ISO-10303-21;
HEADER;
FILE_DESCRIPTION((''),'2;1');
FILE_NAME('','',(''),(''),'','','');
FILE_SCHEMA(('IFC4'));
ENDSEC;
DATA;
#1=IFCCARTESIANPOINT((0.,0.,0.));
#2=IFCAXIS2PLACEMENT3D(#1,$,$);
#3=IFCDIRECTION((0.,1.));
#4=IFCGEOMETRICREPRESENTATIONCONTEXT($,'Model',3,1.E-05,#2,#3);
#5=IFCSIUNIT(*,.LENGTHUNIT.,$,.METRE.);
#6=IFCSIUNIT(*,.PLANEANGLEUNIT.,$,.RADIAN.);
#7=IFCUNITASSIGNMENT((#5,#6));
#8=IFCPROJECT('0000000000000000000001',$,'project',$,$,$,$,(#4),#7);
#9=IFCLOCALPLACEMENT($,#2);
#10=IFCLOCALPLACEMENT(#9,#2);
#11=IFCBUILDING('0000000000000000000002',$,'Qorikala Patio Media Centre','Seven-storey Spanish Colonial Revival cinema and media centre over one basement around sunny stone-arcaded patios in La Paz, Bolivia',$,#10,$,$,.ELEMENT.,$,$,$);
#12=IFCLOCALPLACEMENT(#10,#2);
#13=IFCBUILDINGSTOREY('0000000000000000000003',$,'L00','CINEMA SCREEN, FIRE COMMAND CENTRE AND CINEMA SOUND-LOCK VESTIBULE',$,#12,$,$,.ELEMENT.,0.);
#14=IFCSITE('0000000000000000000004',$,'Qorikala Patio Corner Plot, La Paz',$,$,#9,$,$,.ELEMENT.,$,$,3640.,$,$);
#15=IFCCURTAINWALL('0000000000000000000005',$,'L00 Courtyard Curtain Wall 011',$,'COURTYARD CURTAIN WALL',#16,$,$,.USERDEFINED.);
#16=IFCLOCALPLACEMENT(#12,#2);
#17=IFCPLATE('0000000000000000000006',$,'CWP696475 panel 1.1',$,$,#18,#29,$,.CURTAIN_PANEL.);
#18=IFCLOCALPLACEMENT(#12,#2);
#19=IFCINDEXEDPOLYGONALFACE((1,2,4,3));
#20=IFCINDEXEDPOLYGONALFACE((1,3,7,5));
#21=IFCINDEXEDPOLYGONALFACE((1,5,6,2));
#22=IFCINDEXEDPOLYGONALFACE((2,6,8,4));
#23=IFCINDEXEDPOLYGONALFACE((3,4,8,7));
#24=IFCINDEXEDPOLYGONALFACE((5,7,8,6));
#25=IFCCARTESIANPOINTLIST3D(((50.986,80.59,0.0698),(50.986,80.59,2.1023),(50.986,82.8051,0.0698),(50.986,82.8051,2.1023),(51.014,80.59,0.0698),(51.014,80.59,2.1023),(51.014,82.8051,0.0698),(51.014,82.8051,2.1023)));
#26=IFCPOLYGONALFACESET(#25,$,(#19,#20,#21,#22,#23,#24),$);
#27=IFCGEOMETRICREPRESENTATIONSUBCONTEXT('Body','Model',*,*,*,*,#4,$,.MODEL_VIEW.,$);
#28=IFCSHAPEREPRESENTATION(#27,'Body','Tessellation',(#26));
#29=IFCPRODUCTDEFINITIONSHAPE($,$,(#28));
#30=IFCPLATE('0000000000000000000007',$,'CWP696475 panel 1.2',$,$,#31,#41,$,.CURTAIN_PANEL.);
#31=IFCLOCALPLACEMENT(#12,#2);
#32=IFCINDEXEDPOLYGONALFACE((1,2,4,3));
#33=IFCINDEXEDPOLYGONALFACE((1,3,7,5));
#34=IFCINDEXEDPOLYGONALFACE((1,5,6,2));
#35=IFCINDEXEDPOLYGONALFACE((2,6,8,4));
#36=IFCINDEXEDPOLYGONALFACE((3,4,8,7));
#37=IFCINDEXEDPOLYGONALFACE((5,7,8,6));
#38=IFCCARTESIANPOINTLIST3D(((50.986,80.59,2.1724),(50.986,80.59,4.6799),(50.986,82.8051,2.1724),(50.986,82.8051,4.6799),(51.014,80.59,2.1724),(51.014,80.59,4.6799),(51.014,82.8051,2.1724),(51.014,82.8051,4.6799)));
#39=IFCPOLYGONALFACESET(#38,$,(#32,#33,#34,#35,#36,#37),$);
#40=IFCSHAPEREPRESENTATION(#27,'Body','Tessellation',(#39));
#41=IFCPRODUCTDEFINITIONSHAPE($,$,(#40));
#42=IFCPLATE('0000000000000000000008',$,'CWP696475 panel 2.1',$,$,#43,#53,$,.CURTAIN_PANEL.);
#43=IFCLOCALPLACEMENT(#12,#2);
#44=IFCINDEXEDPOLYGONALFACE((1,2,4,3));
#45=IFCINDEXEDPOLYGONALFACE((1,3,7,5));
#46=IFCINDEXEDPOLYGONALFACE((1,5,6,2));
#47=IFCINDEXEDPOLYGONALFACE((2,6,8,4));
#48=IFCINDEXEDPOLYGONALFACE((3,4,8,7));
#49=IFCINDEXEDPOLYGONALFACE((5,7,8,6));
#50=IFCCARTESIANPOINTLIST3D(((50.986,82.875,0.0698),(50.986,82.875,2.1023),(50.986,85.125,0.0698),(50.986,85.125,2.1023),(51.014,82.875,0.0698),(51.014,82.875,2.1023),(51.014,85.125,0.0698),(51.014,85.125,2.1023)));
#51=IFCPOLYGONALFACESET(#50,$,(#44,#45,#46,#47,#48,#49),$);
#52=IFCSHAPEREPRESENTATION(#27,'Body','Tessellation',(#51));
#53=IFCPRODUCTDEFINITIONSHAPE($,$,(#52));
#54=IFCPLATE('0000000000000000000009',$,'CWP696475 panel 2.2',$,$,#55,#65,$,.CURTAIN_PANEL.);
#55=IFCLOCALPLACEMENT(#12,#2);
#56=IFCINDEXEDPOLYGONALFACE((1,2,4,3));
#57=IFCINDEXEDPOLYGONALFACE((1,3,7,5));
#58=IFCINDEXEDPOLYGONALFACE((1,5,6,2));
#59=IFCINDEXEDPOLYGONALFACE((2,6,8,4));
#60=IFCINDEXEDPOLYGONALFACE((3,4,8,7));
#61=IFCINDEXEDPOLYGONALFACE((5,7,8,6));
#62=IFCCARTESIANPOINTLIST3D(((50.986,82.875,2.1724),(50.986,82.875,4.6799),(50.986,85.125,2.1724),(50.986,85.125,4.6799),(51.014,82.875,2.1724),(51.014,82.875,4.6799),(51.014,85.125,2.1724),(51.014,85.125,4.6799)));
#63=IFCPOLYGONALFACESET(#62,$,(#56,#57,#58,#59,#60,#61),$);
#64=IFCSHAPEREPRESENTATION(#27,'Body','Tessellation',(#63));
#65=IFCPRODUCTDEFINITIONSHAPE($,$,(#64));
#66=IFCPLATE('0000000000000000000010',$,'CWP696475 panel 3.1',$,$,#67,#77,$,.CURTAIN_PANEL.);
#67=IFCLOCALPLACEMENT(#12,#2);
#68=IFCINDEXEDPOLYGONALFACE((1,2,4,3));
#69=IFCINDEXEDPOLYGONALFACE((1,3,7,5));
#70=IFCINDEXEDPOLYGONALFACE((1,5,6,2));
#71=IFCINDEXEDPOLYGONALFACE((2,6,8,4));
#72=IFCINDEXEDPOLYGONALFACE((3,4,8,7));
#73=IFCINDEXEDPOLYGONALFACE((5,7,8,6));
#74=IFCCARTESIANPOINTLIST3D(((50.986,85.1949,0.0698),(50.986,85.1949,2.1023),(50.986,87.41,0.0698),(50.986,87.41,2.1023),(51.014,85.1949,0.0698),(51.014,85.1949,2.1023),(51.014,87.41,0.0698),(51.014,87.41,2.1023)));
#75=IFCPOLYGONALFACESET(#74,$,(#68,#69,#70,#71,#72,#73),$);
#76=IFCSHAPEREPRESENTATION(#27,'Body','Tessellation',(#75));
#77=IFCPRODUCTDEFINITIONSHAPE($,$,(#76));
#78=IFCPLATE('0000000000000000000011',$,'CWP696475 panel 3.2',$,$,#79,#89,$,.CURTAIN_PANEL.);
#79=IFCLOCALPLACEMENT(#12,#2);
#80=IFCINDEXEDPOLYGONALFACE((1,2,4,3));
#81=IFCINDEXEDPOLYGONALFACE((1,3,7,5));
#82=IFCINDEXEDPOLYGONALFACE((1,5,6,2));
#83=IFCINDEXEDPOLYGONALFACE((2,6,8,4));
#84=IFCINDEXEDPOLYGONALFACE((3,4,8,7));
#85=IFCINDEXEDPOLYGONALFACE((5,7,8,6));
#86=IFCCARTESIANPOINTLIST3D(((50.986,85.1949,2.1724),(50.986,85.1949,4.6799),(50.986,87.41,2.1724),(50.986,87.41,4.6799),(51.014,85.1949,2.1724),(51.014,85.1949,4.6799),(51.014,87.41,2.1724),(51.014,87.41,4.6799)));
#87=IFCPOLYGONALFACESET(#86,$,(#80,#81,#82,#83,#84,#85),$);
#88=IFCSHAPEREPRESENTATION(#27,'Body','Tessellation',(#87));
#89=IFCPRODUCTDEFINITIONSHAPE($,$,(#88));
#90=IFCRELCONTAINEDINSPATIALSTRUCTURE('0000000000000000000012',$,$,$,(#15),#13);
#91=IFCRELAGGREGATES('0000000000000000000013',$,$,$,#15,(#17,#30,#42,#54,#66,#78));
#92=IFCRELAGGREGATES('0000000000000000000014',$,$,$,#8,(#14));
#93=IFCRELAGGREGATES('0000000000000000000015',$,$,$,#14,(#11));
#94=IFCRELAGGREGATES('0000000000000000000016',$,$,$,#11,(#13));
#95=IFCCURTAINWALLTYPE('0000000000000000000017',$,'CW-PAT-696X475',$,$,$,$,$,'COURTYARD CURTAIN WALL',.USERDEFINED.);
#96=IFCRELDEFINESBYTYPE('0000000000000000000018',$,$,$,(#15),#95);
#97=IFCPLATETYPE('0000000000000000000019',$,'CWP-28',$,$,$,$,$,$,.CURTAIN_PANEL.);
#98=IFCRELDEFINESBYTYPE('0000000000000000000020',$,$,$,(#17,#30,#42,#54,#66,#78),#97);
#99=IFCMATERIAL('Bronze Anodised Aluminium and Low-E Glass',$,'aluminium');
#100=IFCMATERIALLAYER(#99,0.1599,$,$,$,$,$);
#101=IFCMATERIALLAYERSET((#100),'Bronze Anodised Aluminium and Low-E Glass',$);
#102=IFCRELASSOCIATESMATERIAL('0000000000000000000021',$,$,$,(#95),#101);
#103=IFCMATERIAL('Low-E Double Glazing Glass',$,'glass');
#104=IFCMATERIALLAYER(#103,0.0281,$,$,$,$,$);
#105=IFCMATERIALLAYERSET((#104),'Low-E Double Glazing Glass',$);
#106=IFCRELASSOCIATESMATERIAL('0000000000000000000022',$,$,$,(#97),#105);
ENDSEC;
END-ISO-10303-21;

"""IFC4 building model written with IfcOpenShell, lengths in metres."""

from ifc_helpers import new_model, si_unit, direction, frame, origin, origin_2d, place, context, subcontext, project, spatial, rectangle, extrude, material, layer, layer_set, type_object, element, aggregate, save


model = new_model("IFC4")

# Units and contexts
model_context = context("Model", 3, precision=1e-05, world=origin(), true_north=direction((0.0, 1.0)))
body_context = subcontext(model_context, "Body", "Model", "MODEL_VIEW")
ifc_project = project(units=[si_unit("LENGTHUNIT", "METRE"), si_unit("PLANEANGLEUNIT", "RADIAN")], contexts=[model_context])

# Site, building, storey
site_placement = place(None, origin())
site = spatial("IfcSite", under=ifc_project, at=site_placement, Name="Qorikala Patio Corner Plot, La Paz", CompositionType="ELEMENT", RefElevation=3640.0)
building_placement = place(site_placement, origin())
building = spatial("IfcBuilding", under=site, at=building_placement, Name="Qorikala Patio Media Centre", Description="Seven-storey Spanish Colonial Revival cinema and media centre over one basement around sunny stone-arcaded patios in La Paz, Bolivia", CompositionType="ELEMENT")
storey_placement = place(building_placement, origin())
storey = spatial("IfcBuildingStorey", under=building, at=storey_placement, Name="L00", Description="CINEMA SCREEN, FIRE COMMAND CENTRE AND CINEMA SOUND-LOCK VESTIBULE", CompositionType="ELEMENT", Elevation=0.0)

# Curtain wall
ifc_material_1 = material(Name="Bronze Anodised Aluminium and Low-E Glass", Category="aluminium")
ifc_layer_1 = layer(ifc_material_1, 0.1599)
ifc_layer_set_1 = layer_set([ifc_layer_1], Name="Bronze Anodised Aluminium and Low-E Glass")
curtain_wall_type = type_object("IfcCurtainWallType", Name="CW-PAT-696X475", ElementType="COURTYARD CURTAIN WALL", PredefinedType="USERDEFINED", material=ifc_layer_set_1)
curtain_wall_1_placement = place(storey_placement, origin())
curtain_wall_1 = element("IfcCurtainWall", 1, at=curtain_wall_1_placement, inside=storey, type_object=curtain_wall_type, Name="L00 Courtyard Curtain Wall 011", ObjectType="COURTYARD CURTAIN WALL", PredefinedType="USERDEFINED")

# Plates
ifc_material_2 = material(Name="Low-E Double Glazing Glass", Category="glass")
ifc_layer_2 = layer(ifc_material_2, 0.0281)
ifc_layer_set_2 = layer_set([ifc_layer_2], Name="Low-E Double Glazing Glass")
plate_type = type_object("IfcPlateType", Name="CWP-28", PredefinedType="CURTAIN_PANEL", material=ifc_layer_set_2)
plate_1_placement = place(storey_placement, frame((51.0, 81.6975, 0.0698), z_axis=(0.0, 0.0, 1.0), x_axis=(0.0, 1.0, 0.0)))
plate_1 = element("IfcPlate", 2, at=plate_1_placement, type_object=plate_type, Name="CWP696475 panel 1.1", PredefinedType="CURTAIN_PANEL", context=body_context, shape_type="SweptSolid", body=[
    extrude(rectangle(XDim=2.2151, YDim=0.0281, at=origin_2d()), origin(), (0.0, 0.0, 1.0), 2.0325),
])
plate_2_placement = place(storey_placement, frame((51.0, 81.6975, 2.1724), z_axis=(0.0, 0.0, 1.0), x_axis=(0.0, 1.0, 0.0)))
plate_2 = element("IfcPlate", 3, at=plate_2_placement, type_object=plate_type, Name="CWP696475 panel 1.2", PredefinedType="CURTAIN_PANEL", context=body_context, shape_type="SweptSolid", body=[
    extrude(rectangle(XDim=2.2151, YDim=0.0281, at=origin_2d()), origin(), (0.0, 0.0, 1.0), 2.5076),
])
plate_3_placement = place(storey_placement, frame((51.0, 84.0, 0.0698), z_axis=(0.0, 0.0, 1.0), x_axis=(0.0, 1.0, 0.0)))
plate_3 = element("IfcPlate", 4, at=plate_3_placement, type_object=plate_type, Name="CWP696475 panel 2.1", PredefinedType="CURTAIN_PANEL", context=body_context, shape_type="SweptSolid", body=[
    extrude(rectangle(XDim=2.25, YDim=0.0281, at=origin_2d()), origin(), (0.0, 0.0, 1.0), 2.0325),
])
plate_4_placement = place(storey_placement, frame((51.0, 84.0, 2.1724), z_axis=(0.0, 0.0, 1.0), x_axis=(0.0, 1.0, 0.0)))
plate_4 = element("IfcPlate", 5, at=plate_4_placement, type_object=plate_type, Name="CWP696475 panel 2.2", PredefinedType="CURTAIN_PANEL", context=body_context, shape_type="SweptSolid", body=[
    extrude(rectangle(XDim=2.25, YDim=0.0281, at=origin_2d()), origin(), (0.0, 0.0, 1.0), 2.5076),
])
plate_5_placement = place(storey_placement, frame((51.0, 86.3025, 0.0698), z_axis=(0.0, 0.0, 1.0), x_axis=(0.0, 1.0, 0.0)))
plate_5 = element("IfcPlate", 6, at=plate_5_placement, type_object=plate_type, Name="CWP696475 panel 3.1", PredefinedType="CURTAIN_PANEL", context=body_context, shape_type="SweptSolid", body=[
    extrude(rectangle(XDim=2.2151, YDim=0.0281, at=origin_2d()), origin(), (0.0, 0.0, 1.0), 2.0325),
])
plate_6_placement = place(storey_placement, frame((51.0, 86.3025, 2.1724), z_axis=(0.0, 0.0, 1.0), x_axis=(0.0, 1.0, 0.0)))
plate_6 = element("IfcPlate", 7, at=plate_6_placement, type_object=plate_type, Name="CWP696475 panel 3.2", PredefinedType="CURTAIN_PANEL", context=body_context, shape_type="SweptSolid", body=[
    extrude(rectangle(XDim=2.2151, YDim=0.0281, at=origin_2d()), origin(), (0.0, 0.0, 1.0), 2.5076),
])
aggregate(curtain_wall_1, [plate_1, plate_2, plate_3, plate_4, plate_5, plate_6])

save(model, "model.ifc")
